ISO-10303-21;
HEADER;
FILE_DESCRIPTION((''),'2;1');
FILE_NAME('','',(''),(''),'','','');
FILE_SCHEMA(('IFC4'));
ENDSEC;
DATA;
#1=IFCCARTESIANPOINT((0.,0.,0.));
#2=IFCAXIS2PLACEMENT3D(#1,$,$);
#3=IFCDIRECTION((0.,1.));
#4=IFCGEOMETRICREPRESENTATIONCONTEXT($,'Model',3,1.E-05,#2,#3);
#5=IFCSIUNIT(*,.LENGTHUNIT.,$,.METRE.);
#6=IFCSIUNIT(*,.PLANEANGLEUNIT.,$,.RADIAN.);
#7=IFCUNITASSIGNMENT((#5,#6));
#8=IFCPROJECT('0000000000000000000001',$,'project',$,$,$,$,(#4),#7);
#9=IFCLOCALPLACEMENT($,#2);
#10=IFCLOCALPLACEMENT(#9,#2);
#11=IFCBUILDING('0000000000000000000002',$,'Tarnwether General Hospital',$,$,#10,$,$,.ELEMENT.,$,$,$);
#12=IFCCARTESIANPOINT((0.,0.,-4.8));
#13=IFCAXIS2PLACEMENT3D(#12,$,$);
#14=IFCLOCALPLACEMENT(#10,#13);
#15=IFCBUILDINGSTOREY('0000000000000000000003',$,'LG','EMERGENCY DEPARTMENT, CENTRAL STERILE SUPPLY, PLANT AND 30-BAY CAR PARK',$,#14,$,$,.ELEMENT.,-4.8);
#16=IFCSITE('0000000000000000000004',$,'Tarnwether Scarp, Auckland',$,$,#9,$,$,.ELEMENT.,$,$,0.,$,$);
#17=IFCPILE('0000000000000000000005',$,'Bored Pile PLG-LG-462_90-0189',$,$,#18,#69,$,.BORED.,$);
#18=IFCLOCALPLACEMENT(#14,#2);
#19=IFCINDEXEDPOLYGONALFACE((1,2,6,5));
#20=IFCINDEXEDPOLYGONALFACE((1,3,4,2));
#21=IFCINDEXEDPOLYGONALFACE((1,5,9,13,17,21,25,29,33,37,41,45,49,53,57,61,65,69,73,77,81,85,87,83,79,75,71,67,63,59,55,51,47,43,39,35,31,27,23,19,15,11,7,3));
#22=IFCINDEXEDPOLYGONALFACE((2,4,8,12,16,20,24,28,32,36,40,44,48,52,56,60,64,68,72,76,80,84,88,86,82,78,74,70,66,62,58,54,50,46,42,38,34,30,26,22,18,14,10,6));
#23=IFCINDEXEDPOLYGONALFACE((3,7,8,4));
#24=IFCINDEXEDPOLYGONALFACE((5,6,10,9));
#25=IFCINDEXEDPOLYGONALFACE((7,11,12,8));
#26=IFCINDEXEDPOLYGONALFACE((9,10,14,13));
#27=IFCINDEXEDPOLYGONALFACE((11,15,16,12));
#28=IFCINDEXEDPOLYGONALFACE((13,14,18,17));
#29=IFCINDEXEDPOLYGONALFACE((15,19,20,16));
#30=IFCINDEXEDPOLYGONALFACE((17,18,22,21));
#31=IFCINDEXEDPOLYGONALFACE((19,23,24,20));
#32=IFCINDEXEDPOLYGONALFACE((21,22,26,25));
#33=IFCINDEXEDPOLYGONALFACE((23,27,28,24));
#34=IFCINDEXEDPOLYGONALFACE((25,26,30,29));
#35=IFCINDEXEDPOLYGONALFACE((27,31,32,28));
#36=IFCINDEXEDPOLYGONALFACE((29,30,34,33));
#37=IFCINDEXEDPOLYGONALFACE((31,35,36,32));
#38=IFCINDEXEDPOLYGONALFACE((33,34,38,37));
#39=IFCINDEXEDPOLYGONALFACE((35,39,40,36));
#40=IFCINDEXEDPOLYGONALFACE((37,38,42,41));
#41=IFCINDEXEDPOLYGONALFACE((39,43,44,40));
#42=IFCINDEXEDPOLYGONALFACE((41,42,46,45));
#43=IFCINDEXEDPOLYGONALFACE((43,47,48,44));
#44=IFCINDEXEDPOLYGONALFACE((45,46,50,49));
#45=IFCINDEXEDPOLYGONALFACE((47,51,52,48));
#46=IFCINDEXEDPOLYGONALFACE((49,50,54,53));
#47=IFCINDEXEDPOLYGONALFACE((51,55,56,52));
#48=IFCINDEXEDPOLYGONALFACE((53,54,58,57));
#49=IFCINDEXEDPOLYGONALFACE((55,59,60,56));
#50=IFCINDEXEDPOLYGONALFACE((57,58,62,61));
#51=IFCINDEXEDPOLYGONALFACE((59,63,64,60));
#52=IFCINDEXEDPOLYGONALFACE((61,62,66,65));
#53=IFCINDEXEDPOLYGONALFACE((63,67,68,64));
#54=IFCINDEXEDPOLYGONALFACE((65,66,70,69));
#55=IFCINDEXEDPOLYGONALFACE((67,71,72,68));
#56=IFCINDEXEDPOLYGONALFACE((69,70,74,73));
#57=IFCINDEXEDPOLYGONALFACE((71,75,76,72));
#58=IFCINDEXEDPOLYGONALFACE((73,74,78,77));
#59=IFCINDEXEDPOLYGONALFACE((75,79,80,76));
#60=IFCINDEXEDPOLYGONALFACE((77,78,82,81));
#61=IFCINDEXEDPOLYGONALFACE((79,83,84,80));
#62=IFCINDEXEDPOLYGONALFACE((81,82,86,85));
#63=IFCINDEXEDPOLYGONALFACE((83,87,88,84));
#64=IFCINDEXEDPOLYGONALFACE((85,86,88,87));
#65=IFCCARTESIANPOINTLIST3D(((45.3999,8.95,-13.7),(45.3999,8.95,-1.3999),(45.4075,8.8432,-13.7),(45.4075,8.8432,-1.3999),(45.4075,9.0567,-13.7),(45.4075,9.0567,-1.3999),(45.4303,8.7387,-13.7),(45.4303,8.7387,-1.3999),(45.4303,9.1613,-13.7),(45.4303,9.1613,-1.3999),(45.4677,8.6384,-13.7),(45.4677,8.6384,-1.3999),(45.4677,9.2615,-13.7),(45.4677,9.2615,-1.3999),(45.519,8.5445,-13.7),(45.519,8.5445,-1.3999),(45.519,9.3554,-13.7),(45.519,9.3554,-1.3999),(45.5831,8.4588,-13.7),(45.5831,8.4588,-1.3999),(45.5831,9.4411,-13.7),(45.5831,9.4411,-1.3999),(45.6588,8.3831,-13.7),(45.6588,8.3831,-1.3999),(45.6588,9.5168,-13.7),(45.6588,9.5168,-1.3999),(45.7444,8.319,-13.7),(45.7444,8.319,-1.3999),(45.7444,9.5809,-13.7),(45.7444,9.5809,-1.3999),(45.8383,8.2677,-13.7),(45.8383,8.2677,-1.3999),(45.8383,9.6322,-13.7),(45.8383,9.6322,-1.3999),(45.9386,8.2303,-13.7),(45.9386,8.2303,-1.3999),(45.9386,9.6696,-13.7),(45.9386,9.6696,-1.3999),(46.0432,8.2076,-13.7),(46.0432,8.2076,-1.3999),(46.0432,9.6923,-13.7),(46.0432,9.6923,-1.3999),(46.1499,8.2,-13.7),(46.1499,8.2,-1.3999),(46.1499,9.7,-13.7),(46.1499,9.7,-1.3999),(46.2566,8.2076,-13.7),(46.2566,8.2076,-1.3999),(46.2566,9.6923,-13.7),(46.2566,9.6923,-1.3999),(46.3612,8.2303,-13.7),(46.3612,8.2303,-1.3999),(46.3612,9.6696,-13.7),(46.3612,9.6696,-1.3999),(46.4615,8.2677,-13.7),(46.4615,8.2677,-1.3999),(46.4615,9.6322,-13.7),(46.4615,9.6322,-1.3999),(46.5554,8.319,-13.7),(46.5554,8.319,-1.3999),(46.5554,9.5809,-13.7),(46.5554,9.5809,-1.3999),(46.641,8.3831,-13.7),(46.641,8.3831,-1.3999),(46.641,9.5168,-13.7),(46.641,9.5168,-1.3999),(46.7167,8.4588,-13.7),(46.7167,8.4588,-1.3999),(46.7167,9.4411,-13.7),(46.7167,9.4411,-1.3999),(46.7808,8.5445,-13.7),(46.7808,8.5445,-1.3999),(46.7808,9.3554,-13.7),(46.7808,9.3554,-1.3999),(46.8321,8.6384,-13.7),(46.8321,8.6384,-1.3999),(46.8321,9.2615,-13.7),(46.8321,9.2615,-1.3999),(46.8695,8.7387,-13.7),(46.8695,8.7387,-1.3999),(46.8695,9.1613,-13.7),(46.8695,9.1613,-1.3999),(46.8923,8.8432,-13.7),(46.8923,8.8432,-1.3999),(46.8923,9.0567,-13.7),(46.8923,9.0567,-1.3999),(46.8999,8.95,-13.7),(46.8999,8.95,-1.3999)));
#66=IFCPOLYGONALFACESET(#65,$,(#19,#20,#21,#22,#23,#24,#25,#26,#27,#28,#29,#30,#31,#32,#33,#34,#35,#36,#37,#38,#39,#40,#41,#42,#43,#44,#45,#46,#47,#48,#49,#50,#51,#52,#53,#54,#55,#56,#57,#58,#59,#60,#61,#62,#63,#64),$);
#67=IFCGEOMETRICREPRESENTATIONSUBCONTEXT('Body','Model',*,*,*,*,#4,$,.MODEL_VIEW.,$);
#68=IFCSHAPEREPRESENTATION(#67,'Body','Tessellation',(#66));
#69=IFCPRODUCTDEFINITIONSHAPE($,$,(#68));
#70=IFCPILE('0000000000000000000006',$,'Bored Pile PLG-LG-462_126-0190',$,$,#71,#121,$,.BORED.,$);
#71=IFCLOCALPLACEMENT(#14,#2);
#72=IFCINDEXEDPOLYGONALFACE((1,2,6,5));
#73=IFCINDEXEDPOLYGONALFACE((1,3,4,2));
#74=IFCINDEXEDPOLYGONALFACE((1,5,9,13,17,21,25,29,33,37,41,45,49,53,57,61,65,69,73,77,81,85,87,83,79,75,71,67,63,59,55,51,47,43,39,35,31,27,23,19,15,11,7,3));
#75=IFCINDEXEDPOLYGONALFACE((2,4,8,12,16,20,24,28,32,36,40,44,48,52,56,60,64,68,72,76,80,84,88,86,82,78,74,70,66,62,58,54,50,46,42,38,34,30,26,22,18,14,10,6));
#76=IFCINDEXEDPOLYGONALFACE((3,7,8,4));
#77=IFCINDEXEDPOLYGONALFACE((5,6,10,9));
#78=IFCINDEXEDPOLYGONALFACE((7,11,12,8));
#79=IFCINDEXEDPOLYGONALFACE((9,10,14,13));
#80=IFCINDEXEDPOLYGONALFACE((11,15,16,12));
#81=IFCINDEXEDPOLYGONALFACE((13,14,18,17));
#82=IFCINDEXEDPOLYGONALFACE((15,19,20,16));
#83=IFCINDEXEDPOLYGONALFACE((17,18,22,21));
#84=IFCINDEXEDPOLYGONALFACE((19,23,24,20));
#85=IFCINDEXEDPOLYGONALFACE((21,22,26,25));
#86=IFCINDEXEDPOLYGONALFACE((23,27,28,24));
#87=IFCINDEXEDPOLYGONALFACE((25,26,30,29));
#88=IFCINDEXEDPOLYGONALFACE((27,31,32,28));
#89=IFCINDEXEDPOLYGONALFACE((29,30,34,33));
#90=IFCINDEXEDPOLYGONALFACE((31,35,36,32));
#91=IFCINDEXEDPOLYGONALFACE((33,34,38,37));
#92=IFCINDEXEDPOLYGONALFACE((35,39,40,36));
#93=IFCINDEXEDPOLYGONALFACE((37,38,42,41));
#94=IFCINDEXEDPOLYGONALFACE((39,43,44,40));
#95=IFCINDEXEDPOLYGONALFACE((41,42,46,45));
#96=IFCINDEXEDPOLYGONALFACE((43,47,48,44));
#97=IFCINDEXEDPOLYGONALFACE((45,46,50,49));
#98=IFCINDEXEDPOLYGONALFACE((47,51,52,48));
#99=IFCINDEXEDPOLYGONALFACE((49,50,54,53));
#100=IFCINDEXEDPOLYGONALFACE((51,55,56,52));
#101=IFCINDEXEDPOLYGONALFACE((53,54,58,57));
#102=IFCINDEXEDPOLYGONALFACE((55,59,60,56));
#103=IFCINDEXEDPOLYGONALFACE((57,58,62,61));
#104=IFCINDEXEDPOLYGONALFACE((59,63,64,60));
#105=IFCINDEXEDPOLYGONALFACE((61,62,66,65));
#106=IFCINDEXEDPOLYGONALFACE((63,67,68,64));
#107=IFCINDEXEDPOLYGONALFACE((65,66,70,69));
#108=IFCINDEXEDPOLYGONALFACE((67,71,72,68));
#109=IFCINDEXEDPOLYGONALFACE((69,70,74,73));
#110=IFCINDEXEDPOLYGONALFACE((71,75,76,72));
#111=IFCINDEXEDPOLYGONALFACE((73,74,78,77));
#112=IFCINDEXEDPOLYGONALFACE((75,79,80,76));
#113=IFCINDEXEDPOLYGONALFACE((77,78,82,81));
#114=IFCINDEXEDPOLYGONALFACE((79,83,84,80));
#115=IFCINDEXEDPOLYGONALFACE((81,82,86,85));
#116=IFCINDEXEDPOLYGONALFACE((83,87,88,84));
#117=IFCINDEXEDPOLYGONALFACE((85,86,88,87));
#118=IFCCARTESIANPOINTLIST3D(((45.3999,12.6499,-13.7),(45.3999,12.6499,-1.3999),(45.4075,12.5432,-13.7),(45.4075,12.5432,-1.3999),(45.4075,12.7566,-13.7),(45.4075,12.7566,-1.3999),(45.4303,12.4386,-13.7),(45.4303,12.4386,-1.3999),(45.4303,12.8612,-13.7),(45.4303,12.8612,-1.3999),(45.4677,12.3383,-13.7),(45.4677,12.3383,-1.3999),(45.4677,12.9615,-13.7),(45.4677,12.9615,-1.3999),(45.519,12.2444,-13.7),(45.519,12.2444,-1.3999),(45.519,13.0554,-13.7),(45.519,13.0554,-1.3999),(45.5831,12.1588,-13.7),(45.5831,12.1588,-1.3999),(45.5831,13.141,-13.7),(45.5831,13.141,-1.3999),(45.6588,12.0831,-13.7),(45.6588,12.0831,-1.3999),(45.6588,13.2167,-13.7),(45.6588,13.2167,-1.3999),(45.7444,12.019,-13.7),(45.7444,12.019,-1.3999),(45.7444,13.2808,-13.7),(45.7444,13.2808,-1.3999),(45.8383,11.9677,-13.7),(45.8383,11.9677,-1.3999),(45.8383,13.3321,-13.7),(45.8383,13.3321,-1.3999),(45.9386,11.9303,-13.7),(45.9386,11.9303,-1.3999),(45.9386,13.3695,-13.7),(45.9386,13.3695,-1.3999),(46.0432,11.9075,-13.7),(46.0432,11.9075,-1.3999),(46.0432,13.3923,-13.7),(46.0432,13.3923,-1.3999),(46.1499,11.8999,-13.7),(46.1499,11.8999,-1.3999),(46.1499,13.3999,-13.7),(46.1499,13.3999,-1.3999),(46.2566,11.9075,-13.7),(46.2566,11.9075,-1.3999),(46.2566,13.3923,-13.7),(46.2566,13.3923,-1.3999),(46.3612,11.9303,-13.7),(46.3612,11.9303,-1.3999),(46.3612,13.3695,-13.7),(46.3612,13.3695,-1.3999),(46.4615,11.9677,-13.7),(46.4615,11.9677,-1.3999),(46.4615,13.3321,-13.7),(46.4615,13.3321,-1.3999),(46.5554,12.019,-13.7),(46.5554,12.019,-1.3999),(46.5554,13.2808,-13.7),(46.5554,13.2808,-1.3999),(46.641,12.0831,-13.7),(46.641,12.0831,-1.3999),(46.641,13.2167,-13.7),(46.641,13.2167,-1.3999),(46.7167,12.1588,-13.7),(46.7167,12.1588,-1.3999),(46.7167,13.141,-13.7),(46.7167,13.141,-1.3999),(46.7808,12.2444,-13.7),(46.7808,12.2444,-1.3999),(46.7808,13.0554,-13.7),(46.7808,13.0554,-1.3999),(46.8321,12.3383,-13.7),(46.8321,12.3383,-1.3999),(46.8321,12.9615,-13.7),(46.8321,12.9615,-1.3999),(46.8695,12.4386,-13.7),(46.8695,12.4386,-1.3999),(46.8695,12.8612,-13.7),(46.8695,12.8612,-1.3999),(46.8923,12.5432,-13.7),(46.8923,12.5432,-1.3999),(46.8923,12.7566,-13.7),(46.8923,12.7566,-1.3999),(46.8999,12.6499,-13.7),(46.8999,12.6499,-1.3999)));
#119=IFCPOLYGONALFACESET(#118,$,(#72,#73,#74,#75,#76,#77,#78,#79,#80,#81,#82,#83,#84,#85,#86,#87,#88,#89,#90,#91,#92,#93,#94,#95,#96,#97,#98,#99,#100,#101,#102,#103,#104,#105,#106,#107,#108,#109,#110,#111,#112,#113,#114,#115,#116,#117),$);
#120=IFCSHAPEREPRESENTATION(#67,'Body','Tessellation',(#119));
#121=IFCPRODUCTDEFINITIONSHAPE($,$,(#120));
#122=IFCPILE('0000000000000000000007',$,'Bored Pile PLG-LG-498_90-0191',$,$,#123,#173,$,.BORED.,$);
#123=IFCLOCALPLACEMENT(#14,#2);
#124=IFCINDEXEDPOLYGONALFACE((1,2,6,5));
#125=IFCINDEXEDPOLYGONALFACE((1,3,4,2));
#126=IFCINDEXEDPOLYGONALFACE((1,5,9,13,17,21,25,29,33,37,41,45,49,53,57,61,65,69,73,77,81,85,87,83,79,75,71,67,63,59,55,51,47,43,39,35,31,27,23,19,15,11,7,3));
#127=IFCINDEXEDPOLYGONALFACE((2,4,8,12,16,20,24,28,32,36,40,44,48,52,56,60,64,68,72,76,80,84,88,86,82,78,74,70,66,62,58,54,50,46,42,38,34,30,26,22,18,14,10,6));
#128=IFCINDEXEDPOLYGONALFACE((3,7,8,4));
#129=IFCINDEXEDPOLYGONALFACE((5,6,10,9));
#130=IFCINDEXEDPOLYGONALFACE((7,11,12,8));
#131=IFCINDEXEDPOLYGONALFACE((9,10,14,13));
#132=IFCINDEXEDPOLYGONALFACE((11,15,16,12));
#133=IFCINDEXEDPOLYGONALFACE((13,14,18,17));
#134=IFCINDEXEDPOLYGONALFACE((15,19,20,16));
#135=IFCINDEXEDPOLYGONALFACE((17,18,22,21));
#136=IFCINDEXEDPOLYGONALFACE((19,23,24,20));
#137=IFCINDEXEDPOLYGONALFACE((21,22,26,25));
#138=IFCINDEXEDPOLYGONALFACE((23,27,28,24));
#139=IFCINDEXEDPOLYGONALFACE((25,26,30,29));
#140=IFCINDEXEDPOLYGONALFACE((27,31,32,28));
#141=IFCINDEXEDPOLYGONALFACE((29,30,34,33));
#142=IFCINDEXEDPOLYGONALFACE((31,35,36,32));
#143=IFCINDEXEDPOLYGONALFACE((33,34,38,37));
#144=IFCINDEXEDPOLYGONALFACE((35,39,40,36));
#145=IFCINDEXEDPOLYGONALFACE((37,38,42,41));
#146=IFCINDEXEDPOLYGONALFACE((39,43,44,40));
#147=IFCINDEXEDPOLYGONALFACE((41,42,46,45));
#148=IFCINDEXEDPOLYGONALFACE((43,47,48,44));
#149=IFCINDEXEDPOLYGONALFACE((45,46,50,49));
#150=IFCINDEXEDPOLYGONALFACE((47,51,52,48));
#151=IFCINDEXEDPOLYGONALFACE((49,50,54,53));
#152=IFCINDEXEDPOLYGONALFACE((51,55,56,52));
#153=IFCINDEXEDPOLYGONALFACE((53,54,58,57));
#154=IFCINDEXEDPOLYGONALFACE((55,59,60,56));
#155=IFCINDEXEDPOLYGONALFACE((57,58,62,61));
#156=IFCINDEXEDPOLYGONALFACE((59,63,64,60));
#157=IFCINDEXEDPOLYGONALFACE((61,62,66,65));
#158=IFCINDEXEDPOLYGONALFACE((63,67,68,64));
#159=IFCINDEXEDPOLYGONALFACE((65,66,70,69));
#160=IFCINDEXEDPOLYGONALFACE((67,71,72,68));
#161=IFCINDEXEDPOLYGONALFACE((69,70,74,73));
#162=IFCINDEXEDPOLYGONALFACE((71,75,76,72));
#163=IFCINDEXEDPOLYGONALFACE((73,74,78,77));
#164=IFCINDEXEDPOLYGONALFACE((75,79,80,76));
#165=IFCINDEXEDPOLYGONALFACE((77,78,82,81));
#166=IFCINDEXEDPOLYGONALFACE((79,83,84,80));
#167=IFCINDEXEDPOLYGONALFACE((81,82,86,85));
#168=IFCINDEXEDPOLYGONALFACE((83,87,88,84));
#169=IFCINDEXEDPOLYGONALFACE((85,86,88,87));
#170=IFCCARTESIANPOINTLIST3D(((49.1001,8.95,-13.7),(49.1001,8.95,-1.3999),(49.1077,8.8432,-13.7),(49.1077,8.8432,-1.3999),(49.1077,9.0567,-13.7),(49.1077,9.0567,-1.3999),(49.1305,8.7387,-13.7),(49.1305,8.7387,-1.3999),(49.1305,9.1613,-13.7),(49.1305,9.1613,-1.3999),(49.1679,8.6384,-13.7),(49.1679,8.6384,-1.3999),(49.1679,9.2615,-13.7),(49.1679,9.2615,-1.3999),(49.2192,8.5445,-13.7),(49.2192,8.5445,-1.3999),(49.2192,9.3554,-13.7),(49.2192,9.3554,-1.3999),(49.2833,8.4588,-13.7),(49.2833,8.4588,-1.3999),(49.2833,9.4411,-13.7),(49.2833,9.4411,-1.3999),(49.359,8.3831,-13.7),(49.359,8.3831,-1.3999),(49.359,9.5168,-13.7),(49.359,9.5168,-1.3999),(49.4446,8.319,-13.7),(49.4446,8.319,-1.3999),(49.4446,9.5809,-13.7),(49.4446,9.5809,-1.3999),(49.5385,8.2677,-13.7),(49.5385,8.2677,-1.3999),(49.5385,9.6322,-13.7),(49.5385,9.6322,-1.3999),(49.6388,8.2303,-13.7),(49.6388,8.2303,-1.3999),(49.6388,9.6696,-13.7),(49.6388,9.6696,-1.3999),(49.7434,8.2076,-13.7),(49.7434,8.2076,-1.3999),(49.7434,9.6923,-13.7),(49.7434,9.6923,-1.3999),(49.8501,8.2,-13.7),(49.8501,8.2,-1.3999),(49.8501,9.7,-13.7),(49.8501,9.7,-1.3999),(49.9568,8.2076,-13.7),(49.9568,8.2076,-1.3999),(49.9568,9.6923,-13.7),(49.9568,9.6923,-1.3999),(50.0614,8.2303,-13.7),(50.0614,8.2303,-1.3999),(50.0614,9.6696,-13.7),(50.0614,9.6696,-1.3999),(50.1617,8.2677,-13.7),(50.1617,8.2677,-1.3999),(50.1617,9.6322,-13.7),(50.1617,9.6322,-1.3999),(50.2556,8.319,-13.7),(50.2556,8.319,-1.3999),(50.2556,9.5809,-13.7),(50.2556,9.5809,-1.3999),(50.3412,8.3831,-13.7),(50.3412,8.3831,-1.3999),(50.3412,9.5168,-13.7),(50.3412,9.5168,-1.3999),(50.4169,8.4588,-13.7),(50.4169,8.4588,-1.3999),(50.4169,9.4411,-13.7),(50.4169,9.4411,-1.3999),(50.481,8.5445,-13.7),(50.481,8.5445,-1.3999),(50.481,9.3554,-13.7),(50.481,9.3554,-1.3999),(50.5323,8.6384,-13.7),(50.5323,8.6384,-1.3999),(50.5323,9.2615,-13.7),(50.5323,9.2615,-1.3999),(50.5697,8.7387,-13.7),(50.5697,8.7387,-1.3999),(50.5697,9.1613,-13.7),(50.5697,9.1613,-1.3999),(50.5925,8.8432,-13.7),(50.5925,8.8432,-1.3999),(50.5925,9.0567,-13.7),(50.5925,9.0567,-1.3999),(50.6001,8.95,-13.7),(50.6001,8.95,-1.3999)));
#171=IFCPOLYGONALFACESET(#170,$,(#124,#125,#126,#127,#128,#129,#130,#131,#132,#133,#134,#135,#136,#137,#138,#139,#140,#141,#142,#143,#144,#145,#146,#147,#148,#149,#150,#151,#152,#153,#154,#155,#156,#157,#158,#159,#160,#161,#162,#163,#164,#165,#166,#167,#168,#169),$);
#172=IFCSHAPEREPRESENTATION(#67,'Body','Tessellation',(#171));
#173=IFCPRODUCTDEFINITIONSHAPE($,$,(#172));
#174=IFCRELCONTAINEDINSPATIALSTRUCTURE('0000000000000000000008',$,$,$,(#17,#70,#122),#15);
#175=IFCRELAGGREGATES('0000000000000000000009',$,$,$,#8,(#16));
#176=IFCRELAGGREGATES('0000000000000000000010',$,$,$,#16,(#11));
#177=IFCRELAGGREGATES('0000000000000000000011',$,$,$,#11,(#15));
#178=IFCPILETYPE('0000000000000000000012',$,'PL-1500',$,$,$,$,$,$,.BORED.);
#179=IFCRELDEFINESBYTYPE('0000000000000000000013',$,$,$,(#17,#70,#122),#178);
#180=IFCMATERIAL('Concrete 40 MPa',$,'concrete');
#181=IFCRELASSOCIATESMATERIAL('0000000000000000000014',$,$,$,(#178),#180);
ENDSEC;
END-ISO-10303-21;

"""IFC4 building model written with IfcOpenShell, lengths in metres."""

from ifc_helpers import new_model, si_unit, direction, frame, origin, origin_2d, place, context, subcontext, project, spatial, circle, extrude, material, material_profile, profile_set, type_object, element, save


model = new_model("IFC4")

# Units and contexts
model_context = context("Model", 3, precision=1e-05, world=origin(), true_north=direction((0.0, 1.0)))
body_context = subcontext(model_context, "Body", "Model", "MODEL_VIEW")
ifc_project = project(units=[si_unit("LENGTHUNIT", "METRE"), si_unit("PLANEANGLEUNIT", "RADIAN")], contexts=[model_context])

# Site, building, storey
site_placement = place(None, origin())
site = spatial("IfcSite", under=ifc_project, at=site_placement, Name="Tarnwether Scarp, Auckland", CompositionType="ELEMENT", RefElevation=0.0)
building_placement = place(site_placement, origin())
building = spatial("IfcBuilding", under=site, at=building_placement, Name="Tarnwether General Hospital", CompositionType="ELEMENT")
storey_placement = place(building_placement, frame((0.0, 0.0, -4.8)))
storey = spatial("IfcBuildingStorey", under=building, at=storey_placement, Name="LG", Description="EMERGENCY DEPARTMENT, CENTRAL STERILE SUPPLY, PLANT AND 30-BAY CAR PARK", CompositionType="ELEMENT", Elevation=-4.8)

# Piles
ifc_material_1 = material(Name="Concrete 40 MPa", Category="concrete")
ifc_material_profile_1 = material_profile(ifc_material_1, circle(Radius=0.75, at=origin_2d()), Name="PILE-D1500")
ifc_profile_set_1 = profile_set([ifc_material_profile_1], Name="Concrete 40 MPa")
pile_type_1 = type_object("IfcPileType", Name="PL-1500", PredefinedType="BORED", material=ifc_profile_set_1)
for number, where, z_axis, x_axis, name in (
    (1, (46.1499, 8.95, -1.3999), (0.0, 0.0, -1.0), (1.0, 0.0, 0.0), "Bored Pile PLG-LG-462_90-0189"),
    (2, (46.1499, 12.6499, -1.3999), (0.0, 0.0, -1.0), (1.0, 0.0, 0.0), "Bored Pile PLG-LG-462_126-0190"),
    (3, (49.8501, 8.95, -1.3999), (0.0, 0.0, -1.0), (1.0, 0.0, 0.0), "Bored Pile PLG-LG-498_90-0191"),
):
    element("IfcPile", number, at=place(storey_placement, frame(where, z_axis=z_axis, x_axis=x_axis)), inside=storey, type_object=pile_type_1, Name=name, PredefinedType="BORED", context=body_context, shape_type="SweptSolid", body=[
        extrude(circle(Radius=0.75, at=origin_2d()), origin(), (0.0, 0.0, 1.0), 12.3),
    ])

save(model, "model.ifc")
